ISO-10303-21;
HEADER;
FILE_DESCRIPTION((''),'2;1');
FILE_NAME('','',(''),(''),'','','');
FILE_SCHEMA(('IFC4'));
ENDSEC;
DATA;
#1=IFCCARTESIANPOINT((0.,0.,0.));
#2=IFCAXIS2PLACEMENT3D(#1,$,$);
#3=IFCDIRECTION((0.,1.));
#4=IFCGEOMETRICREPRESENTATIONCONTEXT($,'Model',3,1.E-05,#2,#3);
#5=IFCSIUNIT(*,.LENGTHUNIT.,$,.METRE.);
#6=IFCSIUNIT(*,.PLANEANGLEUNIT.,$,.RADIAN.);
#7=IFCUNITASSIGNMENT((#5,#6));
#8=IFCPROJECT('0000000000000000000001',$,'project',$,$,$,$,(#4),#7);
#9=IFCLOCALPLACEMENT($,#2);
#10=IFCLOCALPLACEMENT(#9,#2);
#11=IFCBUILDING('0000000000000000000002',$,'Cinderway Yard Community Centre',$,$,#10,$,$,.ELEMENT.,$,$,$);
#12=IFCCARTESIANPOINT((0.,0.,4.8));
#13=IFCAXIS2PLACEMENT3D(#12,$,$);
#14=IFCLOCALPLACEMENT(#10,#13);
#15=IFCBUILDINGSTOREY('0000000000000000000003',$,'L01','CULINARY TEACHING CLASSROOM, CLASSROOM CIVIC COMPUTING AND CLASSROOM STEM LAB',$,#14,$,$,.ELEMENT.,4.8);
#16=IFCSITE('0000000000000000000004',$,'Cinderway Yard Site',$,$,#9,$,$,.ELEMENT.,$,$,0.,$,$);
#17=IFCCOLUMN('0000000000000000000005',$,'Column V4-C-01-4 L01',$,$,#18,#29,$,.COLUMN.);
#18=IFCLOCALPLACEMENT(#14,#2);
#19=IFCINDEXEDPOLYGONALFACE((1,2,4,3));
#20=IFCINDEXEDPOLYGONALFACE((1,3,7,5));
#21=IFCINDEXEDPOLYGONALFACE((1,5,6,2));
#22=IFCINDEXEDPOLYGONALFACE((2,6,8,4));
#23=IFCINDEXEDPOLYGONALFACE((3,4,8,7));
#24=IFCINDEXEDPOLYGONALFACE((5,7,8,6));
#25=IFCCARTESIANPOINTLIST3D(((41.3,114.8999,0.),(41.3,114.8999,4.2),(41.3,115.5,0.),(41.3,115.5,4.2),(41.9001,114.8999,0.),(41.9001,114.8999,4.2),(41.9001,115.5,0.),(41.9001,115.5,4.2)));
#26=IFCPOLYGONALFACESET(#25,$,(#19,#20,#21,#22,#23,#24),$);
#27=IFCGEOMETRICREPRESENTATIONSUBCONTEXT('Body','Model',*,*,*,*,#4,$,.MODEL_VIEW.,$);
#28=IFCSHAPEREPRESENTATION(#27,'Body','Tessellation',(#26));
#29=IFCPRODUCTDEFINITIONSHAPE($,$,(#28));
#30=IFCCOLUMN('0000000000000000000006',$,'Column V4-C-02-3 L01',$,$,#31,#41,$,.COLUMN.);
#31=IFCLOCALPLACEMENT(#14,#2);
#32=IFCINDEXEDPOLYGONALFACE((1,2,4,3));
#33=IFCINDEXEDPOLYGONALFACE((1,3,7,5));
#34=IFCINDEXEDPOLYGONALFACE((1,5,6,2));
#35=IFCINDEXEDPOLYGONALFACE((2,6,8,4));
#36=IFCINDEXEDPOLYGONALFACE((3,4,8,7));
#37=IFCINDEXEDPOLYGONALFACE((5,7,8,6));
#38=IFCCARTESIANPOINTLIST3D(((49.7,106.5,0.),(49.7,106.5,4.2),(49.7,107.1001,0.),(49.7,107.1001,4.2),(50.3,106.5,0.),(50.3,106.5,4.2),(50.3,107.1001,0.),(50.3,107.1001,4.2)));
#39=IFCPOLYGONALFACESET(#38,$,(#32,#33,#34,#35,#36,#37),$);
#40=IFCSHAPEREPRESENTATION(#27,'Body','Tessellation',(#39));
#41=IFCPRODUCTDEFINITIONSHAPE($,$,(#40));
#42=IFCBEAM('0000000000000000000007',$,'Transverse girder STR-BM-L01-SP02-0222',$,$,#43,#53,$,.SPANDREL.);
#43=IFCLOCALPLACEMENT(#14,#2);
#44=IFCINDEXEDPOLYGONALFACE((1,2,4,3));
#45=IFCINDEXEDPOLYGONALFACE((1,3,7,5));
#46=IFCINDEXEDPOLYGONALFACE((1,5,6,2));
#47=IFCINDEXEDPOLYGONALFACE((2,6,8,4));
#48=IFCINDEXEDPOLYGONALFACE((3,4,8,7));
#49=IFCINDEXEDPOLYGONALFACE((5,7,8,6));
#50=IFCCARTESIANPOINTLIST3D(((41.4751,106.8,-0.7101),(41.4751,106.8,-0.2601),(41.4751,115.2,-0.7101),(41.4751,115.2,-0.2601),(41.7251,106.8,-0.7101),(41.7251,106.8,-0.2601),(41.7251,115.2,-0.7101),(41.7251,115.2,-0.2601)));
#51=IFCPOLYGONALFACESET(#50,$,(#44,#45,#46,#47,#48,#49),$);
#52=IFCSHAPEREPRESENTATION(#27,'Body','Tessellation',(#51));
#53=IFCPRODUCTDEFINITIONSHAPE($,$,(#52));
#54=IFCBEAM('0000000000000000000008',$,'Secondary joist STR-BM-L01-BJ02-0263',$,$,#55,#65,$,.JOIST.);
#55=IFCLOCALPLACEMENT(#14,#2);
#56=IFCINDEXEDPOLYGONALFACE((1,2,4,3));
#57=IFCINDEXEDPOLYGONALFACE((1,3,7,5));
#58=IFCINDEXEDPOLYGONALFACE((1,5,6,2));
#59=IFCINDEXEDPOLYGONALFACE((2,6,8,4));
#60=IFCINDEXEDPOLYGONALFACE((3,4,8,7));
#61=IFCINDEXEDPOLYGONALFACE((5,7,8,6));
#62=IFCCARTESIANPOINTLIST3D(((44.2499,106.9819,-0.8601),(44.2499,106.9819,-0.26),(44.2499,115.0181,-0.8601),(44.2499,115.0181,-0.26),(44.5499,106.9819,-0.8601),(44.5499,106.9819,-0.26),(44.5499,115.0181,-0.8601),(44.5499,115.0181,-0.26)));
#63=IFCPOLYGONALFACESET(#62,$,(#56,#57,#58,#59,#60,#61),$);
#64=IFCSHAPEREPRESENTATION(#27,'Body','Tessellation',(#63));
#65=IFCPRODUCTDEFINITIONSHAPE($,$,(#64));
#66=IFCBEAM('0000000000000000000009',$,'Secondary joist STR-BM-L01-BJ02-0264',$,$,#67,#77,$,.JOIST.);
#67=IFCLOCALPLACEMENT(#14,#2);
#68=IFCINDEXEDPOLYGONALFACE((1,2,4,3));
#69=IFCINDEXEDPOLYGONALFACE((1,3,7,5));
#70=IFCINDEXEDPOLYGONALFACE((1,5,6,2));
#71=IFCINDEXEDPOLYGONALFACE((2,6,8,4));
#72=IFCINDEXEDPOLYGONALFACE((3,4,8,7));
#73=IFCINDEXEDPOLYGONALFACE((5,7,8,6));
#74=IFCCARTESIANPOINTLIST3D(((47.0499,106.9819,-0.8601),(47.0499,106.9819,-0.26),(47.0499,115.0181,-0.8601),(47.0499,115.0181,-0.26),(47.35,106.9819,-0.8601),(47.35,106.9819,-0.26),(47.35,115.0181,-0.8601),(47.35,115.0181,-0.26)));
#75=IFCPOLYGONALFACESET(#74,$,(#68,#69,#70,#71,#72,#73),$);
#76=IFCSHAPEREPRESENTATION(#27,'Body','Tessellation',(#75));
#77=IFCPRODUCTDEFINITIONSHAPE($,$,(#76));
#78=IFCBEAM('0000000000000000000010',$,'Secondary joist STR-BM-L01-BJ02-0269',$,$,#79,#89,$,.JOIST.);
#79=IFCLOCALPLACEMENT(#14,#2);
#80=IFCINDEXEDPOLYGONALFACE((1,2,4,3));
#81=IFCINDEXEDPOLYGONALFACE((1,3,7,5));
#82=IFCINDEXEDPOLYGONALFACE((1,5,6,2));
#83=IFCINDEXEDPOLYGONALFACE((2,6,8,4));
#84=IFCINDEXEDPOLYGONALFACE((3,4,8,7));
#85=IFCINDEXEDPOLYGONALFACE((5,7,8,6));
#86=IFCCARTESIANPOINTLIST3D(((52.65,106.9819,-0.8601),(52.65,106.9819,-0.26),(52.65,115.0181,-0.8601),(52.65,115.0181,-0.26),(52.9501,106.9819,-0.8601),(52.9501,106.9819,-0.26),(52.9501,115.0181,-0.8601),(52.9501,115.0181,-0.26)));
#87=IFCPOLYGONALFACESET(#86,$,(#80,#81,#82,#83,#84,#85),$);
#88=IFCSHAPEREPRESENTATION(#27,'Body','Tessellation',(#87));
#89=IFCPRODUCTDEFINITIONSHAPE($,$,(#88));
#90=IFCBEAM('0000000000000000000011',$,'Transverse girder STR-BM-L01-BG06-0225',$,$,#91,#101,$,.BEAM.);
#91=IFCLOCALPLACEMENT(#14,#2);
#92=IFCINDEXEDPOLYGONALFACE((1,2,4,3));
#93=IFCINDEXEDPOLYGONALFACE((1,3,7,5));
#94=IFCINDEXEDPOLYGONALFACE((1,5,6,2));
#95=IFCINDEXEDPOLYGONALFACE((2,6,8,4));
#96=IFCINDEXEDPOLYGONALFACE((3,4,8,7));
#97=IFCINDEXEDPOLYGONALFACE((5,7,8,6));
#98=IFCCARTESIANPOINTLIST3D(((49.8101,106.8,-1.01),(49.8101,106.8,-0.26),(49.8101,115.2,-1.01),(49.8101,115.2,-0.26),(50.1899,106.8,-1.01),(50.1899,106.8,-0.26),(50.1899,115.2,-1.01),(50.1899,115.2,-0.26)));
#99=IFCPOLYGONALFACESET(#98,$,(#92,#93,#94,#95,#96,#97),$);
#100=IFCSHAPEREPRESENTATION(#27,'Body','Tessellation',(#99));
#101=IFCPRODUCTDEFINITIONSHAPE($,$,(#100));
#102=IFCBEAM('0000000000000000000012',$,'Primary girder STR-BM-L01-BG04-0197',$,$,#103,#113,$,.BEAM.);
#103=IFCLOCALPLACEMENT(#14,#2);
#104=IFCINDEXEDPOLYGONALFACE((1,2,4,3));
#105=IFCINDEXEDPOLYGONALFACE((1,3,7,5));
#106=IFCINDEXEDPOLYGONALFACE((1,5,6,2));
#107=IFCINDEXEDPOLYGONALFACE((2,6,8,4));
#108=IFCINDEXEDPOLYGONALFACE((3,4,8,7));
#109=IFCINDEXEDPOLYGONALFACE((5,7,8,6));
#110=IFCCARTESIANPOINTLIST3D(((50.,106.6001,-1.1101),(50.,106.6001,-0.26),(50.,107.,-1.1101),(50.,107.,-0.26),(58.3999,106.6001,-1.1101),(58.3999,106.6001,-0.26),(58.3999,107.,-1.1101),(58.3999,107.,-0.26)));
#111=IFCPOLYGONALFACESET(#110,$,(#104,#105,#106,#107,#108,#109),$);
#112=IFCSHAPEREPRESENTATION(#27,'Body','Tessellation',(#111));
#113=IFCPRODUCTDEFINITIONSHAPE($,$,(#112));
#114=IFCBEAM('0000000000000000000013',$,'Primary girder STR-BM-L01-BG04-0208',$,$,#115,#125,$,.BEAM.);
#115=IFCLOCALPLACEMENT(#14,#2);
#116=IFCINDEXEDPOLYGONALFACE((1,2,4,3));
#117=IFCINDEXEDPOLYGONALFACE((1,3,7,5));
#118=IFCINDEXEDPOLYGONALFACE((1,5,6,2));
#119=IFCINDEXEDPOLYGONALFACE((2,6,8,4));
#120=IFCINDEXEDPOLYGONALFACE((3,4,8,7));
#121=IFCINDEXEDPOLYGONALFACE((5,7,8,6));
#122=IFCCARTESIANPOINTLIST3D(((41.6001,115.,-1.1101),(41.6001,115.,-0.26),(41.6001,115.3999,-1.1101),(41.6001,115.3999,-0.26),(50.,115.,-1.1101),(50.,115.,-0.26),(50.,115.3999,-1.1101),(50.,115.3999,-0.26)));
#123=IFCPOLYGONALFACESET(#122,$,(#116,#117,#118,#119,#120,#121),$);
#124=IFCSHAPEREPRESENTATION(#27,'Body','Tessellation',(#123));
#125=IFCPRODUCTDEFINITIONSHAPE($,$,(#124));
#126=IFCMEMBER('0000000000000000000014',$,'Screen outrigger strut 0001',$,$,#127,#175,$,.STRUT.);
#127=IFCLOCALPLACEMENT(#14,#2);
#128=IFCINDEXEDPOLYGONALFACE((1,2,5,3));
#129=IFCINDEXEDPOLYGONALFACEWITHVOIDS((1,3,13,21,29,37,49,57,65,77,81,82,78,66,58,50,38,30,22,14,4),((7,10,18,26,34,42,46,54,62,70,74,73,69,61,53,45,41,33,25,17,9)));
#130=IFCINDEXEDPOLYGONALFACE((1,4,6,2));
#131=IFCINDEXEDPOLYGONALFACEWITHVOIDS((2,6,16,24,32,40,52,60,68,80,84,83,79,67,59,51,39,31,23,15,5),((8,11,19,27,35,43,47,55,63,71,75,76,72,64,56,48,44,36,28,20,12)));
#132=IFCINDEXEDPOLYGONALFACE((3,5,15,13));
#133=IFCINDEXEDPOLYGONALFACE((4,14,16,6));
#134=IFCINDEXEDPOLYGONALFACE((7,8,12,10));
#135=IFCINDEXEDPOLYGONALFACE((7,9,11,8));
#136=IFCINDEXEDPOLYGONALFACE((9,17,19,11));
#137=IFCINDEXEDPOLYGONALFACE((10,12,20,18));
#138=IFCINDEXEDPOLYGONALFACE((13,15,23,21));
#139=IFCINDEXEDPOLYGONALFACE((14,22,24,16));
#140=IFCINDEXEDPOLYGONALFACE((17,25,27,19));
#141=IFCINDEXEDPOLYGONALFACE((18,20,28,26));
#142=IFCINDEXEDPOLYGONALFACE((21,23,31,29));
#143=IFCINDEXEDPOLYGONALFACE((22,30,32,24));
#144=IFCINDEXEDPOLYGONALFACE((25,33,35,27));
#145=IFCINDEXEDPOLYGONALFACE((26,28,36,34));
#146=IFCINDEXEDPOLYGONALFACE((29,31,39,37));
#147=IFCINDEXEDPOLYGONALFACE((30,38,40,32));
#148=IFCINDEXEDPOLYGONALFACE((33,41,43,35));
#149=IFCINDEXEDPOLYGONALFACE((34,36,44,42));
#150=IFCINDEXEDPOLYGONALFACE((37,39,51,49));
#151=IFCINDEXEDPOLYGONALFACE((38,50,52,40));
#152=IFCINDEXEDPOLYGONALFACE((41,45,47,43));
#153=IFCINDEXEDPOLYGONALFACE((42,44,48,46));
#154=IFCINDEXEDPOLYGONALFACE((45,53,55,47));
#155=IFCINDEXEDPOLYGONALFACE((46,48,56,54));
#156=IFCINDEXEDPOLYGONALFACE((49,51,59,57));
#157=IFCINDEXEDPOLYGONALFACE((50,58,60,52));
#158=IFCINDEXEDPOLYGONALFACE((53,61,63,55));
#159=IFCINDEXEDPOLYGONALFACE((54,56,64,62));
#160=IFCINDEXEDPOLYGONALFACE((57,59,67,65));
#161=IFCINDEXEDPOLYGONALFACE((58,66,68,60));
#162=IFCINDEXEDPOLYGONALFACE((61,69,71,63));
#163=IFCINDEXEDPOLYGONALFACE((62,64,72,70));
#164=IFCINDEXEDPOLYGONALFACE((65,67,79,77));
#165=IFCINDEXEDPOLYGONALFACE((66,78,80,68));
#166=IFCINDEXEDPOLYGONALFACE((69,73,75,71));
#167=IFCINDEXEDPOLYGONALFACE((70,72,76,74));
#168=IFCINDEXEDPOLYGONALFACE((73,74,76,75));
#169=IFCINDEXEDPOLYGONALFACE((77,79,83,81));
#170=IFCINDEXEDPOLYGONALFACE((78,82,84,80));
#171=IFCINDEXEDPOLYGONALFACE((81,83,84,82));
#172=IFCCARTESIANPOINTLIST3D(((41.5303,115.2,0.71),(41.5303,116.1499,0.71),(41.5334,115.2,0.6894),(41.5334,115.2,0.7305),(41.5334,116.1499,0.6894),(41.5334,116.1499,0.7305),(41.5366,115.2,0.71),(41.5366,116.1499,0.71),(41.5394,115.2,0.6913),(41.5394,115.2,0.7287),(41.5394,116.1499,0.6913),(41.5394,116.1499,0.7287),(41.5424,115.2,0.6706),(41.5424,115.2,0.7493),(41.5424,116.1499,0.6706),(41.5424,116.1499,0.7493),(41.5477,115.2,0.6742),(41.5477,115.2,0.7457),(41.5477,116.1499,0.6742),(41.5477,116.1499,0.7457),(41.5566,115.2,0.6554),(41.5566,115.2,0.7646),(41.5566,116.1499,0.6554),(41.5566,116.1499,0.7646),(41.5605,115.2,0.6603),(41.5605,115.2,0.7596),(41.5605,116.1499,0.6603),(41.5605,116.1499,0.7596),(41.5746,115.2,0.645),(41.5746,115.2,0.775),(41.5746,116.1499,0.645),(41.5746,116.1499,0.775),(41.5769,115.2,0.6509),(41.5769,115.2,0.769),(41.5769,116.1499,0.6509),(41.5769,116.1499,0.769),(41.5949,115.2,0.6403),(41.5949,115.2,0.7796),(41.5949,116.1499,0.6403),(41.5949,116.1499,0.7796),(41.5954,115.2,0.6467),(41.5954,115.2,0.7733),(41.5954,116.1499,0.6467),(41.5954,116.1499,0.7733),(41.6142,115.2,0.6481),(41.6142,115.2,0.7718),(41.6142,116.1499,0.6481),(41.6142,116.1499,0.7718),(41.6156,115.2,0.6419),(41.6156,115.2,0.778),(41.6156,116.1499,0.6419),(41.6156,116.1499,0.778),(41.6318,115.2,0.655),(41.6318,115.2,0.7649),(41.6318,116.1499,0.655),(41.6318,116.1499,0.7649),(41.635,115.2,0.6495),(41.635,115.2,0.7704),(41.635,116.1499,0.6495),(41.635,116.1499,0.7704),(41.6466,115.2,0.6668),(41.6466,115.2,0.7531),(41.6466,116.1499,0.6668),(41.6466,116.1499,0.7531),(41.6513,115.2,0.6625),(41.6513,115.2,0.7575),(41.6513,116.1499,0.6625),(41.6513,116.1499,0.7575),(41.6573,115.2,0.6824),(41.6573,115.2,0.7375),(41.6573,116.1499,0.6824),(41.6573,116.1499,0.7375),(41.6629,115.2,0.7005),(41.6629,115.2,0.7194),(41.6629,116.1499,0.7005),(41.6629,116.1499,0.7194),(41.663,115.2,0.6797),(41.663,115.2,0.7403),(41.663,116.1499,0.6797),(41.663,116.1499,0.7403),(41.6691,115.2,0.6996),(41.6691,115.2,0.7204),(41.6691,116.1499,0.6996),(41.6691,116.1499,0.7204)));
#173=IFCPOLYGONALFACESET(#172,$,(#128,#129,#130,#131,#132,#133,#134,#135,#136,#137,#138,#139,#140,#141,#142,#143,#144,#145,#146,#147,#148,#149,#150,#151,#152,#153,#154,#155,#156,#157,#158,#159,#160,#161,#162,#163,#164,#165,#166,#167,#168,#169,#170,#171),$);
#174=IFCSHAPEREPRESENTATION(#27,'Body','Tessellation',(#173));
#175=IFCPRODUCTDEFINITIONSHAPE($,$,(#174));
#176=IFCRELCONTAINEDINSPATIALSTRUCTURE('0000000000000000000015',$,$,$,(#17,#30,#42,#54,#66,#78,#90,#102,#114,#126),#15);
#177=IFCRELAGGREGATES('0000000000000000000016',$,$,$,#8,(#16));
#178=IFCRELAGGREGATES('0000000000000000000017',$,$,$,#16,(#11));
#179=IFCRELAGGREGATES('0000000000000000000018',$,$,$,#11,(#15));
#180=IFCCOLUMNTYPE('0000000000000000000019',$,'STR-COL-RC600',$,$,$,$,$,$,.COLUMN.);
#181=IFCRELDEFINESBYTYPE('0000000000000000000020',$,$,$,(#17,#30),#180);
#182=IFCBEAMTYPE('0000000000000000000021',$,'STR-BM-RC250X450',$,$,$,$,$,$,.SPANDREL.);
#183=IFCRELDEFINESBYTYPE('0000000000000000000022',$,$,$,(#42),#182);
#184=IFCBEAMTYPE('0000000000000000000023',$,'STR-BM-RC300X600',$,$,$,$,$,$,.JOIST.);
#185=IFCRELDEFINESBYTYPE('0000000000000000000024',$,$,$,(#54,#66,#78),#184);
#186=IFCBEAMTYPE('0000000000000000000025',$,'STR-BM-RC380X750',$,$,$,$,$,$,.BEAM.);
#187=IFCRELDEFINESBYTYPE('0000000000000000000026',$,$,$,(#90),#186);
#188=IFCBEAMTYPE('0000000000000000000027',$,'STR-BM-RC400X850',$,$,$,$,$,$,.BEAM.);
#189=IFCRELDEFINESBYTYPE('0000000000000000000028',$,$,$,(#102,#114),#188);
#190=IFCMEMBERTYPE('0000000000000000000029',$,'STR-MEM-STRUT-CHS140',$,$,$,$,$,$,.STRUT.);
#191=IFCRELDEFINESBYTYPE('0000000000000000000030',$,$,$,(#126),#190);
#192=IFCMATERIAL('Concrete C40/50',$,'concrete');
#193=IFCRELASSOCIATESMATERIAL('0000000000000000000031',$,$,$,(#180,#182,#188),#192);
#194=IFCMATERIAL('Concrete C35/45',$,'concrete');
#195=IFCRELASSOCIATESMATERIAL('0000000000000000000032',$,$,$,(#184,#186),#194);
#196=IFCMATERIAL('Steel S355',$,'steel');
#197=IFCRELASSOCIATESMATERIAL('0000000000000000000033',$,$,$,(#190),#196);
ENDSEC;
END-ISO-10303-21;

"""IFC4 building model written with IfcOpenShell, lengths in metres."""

from ifc_helpers import new_model, si_unit, direction, frame, origin, origin_2d, place, context, subcontext, project, spatial, rectangle, hollow_circle, extrude, material, material_profile, profile_set, type_object, element, save


model = new_model("IFC4")

# Units and contexts
model_context = context("Model", 3, precision=1e-05, world=origin(), true_north=direction((0.0, 1.0)))
body_context = subcontext(model_context, "Body", "Model", "MODEL_VIEW")
ifc_project = project(units=[si_unit("LENGTHUNIT", "METRE"), si_unit("PLANEANGLEUNIT", "RADIAN")], contexts=[model_context])

# Site, building, storey
site_placement = place(None, origin())
site = spatial("IfcSite", under=ifc_project, at=site_placement, Name="Cinderway Yard Site", CompositionType="ELEMENT", RefElevation=0.0)
building_placement = place(site_placement, origin())
building = spatial("IfcBuilding", under=site, at=building_placement, Name="Cinderway Yard Community Centre", CompositionType="ELEMENT")
storey_placement = place(building_placement, frame((0.0, 0.0, 4.8)))
storey = spatial("IfcBuildingStorey", under=building, at=storey_placement, Name="L01", Description="CULINARY TEACHING CLASSROOM, CLASSROOM CIVIC COMPUTING AND CLASSROOM STEM LAB", CompositionType="ELEMENT", Elevation=4.8)

# Columns
ifc_material_1 = material(Name="Concrete C40/50", Category="concrete")
ifc_material_profile_1 = material_profile(ifc_material_1, rectangle(XDim=0.6001, YDim=0.6001, at=origin_2d()), Name="Concrete C40/50")
ifc_profile_set_1 = profile_set([ifc_material_profile_1], Name="Concrete C40/50")
column_type = type_object("IfcColumnType", Name="STR-COL-RC600", PredefinedType="COLUMN", material=ifc_profile_set_1)
for number, where, z_axis, x_axis, name in (
    (1, (41.6001, 115.2, 0.0), (0.0, 0.0, 1.0), (1.0, 0.0, 0.0), "Column V4-C-01-4 L01"),
    (2, (50.0, 106.8, 0.0), (0.0, 0.0, 1.0), (1.0, 0.0, 0.0), "Column V4-C-02-3 L01"),
):
    element("IfcColumn", number, at=place(storey_placement, frame(where, z_axis=z_axis, x_axis=x_axis)), inside=storey, type_object=column_type, Name=name, PredefinedType="COLUMN", context=body_context, shape_type="SweptSolid", body=[
        extrude(rectangle(XDim=0.6001, YDim=0.6001, at=origin_2d()), origin(), (0.0, 0.0, 1.0), 4.2),
    ])

# Beams
ifc_material_profile_2 = material_profile(ifc_material_1, rectangle(XDim=0.25, YDim=0.45, at=origin_2d()), Name="Concrete C40/50")
ifc_profile_set_2 = profile_set([ifc_material_profile_2], Name="Concrete C40/50")
beam_type_1 = type_object("IfcBeamType", Name="STR-BM-RC250X450", PredefinedType="SPANDREL", material=ifc_profile_set_2)
beam_1_placement = place(storey_placement, frame((41.6001, 106.8, -0.4851), z_axis=(0.0, 1.0, 0.0), x_axis=(-1.0, 0.0, 0.0)))
element("IfcBeam", 3, at=beam_1_placement, inside=storey, type_object=beam_type_1, Name="Transverse girder STR-BM-L01-SP02-0222", PredefinedType="SPANDREL", context=body_context, shape_type="SweptSolid", body=[
    extrude(rectangle(XDim=0.25, YDim=0.45, at=origin_2d()), origin(), (0.0, 0.0, 1.0), 8.3999),
])
ifc_material_2 = material(Name="Concrete C35/45", Category="concrete")
ifc_material_profile_3 = material_profile(ifc_material_2, rectangle(XDim=0.3, YDim=0.6001, at=origin_2d()), Name="Concrete C35/45")
ifc_profile_set_3 = profile_set([ifc_material_profile_3], Name="Concrete C35/45")
beam_type_2 = type_object("IfcBeamType", Name="STR-BM-RC300X600", PredefinedType="JOIST", material=ifc_profile_set_3)
for number, where, z_axis, x_axis, name in (
    (4, (44.3999, 106.9819, -0.5601), (0.0, 1.0, 0.0), (-1.0, 0.0, 0.0), "Secondary joist STR-BM-L01-BJ02-0263"),
    (5, (47.2, 106.9819, -0.5601), (0.0, 1.0, 0.0), (-1.0, 0.0, 0.0), "Secondary joist STR-BM-L01-BJ02-0264"),
    (6, (52.8, 106.9819, -0.5601), (0.0, 1.0, 0.0), (-1.0, 0.0, 0.0), "Secondary joist STR-BM-L01-BJ02-0269"),
):
    element("IfcBeam", number, at=place(storey_placement, frame(where, z_axis=z_axis, x_axis=x_axis)), inside=storey, type_object=beam_type_2, Name=name, PredefinedType="JOIST", context=body_context, shape_type="SweptSolid", body=[
        extrude(rectangle(XDim=0.3, YDim=0.6001, at=origin_2d()), origin(), (0.0, 0.0, 1.0), 8.0361),
    ])
ifc_material_profile_4 = material_profile(ifc_material_2, rectangle(XDim=0.3799, YDim=0.75, at=origin_2d()), Name="Concrete C35/45")
ifc_profile_set_4 = profile_set([ifc_material_profile_4], Name="Concrete C35/45")
beam_type_3 = type_object("IfcBeamType", Name="STR-BM-RC380X750", PredefinedType="BEAM", material=ifc_profile_set_4)
beam_2_placement = place(storey_placement, frame((50.0, 106.8, -0.635), z_axis=(0.0, 1.0, 0.0), x_axis=(-1.0, 0.0, 0.0)))
element("IfcBeam", 7, at=beam_2_placement, inside=storey, type_object=beam_type_3, Name="Transverse girder STR-BM-L01-BG06-0225", PredefinedType="BEAM", context=body_context, shape_type="SweptSolid", body=[
    extrude(rectangle(XDim=0.3799, YDim=0.75, at=origin_2d()), origin(), (0.0, 0.0, 1.0), 8.3999),
])
ifc_material_profile_5 = material_profile(ifc_material_1, rectangle(XDim=0.3999, YDim=0.8501, at=origin_2d()), Name="Concrete C40/50")
ifc_profile_set_5 = profile_set([ifc_material_profile_5], Name="Concrete C40/50")
beam_type_4 = type_object("IfcBeamType", Name="STR-BM-RC400X850", PredefinedType="BEAM", material=ifc_profile_set_5)
for number, where, z_axis, x_axis, name in (
    (8, (50.0, 106.8, -0.6851), (1.0, 0.0, 0.0), (0.0, 1.0, 0.0), "Primary girder STR-BM-L01-BG04-0197"),
    (9, (41.6001, 115.2, -0.6851), (1.0, 0.0, 0.0), (0.0, 1.0, 0.0), "Primary girder STR-BM-L01-BG04-0208"),
):
    element("IfcBeam", number, at=place(storey_placement, frame(where, z_axis=z_axis, x_axis=x_axis)), inside=storey, type_object=beam_type_4, Name=name, PredefinedType="BEAM", context=body_context, shape_type="SweptSolid", body=[
        extrude(rectangle(XDim=0.3999, YDim=0.8501, at=origin_2d()), origin(), (0.0, 0.0, 1.0), 8.3999),
    ])

# Member
ifc_material_3 = material(Name="Steel S355", Category="steel")
ifc_material_profile_6 = material_profile(ifc_material_3, hollow_circle(Radius=0.0698, WallThickness=0.0063, at=origin_2d()), Name="Steel S355")
ifc_profile_set_6 = profile_set([ifc_material_profile_6], Name="Steel S355")
member_type = type_object("IfcMemberType", Name="STR-MEM-STRUT-CHS140", PredefinedType="STRUT", material=ifc_profile_set_6)
for number, where, z_axis, x_axis, name in (
    (10, (41.6001, 115.2, 0.71), (0.0, 1.0, 0.0), (-1.0, 0.0, 0.0), "Screen outrigger strut 0001"),
):
    element("IfcMember", number, at=place(storey_placement, frame(where, z_axis=z_axis, x_axis=x_axis)), inside=storey, type_object=member_type, Name=name, PredefinedType="STRUT", context=body_context, shape_type="SweptSolid", body=[
        extrude(hollow_circle(Radius=0.0698, WallThickness=0.0063, at=origin_2d()), origin(), (0.0, 0.0, 1.0), 0.95),
    ])

save(model, "model.ifc")
